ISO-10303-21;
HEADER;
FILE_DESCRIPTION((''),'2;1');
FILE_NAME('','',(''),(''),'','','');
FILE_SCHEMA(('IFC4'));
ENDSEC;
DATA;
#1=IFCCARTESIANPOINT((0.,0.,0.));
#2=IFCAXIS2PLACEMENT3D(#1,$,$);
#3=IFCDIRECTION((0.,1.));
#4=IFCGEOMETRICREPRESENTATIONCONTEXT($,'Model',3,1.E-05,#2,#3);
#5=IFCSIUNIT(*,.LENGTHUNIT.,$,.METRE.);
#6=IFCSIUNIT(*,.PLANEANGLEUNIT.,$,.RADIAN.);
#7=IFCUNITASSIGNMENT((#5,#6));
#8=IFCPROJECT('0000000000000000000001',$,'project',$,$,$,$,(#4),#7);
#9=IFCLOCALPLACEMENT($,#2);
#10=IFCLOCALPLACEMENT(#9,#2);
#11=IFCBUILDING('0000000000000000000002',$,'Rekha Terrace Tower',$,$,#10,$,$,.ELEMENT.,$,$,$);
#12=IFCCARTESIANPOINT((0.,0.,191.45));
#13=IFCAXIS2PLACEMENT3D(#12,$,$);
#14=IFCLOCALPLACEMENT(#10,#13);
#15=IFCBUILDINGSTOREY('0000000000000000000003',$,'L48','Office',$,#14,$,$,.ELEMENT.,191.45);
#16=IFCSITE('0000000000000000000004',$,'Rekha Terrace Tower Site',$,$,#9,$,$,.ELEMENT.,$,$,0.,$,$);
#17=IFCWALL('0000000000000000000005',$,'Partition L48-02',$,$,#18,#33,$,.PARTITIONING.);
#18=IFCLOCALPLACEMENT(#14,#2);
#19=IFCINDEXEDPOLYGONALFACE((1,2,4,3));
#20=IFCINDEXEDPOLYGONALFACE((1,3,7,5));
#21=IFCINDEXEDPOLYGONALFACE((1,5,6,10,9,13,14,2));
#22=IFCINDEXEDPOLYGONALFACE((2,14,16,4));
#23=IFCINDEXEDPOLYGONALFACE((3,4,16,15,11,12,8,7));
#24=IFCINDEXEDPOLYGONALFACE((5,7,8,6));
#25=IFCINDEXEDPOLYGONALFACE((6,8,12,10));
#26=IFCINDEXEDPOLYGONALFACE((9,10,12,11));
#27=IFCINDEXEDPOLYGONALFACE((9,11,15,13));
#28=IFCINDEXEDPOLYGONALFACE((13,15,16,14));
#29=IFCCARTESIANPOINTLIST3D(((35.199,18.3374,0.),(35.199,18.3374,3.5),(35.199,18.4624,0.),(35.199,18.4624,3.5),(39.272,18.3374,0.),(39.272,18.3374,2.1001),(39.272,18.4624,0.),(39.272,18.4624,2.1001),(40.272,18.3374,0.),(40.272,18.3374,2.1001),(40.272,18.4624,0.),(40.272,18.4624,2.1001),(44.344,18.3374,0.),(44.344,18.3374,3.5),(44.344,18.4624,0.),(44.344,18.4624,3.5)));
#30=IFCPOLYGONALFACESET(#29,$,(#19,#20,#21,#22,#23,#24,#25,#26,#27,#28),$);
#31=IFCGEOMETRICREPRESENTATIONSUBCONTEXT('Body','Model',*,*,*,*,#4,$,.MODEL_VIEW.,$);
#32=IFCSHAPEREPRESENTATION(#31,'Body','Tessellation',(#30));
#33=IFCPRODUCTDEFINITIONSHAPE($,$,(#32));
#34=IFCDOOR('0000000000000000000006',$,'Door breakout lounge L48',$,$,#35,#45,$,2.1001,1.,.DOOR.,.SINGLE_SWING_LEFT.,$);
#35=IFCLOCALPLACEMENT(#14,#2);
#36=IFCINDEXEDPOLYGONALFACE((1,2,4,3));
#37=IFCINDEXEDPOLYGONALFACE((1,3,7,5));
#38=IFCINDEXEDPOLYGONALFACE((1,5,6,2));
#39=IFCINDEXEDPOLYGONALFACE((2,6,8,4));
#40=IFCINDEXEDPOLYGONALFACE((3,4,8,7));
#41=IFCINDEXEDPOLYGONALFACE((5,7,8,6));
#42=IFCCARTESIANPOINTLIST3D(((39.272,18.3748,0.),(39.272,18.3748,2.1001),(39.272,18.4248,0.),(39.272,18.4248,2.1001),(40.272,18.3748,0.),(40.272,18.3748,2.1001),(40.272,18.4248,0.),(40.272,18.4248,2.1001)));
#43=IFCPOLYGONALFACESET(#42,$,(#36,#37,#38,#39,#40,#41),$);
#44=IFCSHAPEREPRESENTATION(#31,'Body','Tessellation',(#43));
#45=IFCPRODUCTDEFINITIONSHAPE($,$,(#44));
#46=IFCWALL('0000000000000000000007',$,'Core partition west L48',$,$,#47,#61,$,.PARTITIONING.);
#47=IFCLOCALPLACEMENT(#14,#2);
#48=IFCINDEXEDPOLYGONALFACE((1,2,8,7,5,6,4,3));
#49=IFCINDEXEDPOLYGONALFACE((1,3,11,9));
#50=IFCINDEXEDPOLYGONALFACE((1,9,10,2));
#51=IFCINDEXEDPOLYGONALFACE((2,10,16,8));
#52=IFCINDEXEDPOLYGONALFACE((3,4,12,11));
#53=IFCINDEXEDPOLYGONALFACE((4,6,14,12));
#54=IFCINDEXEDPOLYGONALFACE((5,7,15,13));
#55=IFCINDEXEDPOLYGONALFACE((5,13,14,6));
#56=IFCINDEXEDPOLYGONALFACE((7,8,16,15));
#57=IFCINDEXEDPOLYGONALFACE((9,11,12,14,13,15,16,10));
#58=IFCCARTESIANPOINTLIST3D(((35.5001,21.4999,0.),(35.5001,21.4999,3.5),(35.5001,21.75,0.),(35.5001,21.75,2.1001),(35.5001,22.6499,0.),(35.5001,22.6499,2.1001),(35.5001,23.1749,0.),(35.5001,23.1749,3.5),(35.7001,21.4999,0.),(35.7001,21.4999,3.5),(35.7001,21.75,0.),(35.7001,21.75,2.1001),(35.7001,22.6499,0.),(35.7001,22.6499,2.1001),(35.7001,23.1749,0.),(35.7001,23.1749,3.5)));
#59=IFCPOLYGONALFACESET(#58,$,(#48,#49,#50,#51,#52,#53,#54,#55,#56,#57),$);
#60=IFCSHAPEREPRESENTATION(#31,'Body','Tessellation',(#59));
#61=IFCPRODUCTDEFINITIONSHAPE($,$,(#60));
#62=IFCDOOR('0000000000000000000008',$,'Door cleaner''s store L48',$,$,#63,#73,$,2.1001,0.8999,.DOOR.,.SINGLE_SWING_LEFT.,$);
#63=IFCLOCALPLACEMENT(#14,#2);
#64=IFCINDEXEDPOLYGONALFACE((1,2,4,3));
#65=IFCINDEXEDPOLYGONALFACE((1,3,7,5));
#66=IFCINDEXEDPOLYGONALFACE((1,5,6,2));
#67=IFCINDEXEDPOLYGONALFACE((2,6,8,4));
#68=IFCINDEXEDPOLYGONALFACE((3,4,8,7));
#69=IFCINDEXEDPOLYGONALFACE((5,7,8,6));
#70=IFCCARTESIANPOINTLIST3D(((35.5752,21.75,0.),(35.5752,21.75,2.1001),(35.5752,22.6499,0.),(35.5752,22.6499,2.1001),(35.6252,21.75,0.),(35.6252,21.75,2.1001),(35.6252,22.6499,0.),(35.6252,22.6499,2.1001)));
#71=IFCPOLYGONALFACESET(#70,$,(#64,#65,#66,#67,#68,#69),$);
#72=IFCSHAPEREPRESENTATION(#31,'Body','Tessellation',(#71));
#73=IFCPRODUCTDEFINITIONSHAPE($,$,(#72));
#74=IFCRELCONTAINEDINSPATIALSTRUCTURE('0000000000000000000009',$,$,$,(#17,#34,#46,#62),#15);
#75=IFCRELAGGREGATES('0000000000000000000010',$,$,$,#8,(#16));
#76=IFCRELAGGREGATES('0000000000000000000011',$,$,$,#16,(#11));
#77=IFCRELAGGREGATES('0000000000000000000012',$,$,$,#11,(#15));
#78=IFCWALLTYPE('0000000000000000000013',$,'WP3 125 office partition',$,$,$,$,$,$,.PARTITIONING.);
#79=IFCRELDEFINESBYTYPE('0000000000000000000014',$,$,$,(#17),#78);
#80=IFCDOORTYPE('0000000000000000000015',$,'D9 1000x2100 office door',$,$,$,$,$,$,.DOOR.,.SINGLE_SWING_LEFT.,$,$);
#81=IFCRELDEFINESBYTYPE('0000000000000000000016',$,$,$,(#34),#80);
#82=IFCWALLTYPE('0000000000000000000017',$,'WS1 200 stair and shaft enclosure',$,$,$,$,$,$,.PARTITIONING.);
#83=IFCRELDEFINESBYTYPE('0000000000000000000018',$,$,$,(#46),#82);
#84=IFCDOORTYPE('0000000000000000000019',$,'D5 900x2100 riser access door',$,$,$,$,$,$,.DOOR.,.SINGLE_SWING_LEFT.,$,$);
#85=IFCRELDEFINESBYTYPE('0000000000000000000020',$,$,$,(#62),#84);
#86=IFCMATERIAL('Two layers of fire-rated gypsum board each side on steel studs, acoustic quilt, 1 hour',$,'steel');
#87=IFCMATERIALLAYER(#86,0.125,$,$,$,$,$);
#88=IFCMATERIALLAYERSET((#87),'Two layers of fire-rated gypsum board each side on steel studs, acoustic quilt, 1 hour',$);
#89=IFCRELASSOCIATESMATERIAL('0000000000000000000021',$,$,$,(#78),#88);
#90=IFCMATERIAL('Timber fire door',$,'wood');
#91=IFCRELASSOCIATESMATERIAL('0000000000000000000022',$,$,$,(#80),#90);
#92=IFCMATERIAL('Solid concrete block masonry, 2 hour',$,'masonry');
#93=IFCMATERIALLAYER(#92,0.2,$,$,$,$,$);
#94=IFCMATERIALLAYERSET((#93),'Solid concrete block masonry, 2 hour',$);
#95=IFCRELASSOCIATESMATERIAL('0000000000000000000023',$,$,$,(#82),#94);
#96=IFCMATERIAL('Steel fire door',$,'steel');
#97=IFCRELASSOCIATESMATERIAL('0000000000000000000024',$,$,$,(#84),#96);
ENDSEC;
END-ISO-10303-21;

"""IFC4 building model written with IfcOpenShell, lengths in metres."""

from ifc_helpers import new_model, si_unit, direction, frame, frame_2d, origin, place, context, subcontext, project, spatial, rectangle, extrude, material, layer, layer_set, type_object, element, fill, save


model = new_model("IFC4")

# Units and contexts
model_context = context("Model", 3, precision=1e-05, world=origin(), true_north=direction((0.0, 1.0)))
body_context = subcontext(model_context, "Body", "Model", "MODEL_VIEW")
ifc_project = project(units=[si_unit("LENGTHUNIT", "METRE"), si_unit("PLANEANGLEUNIT", "RADIAN")], contexts=[model_context])

# Site, building, storey
site_placement = place(None, origin())
site = spatial("IfcSite", under=ifc_project, at=site_placement, Name="Rekha Terrace Tower Site", CompositionType="ELEMENT", RefElevation=0.0)
building_placement = place(site_placement, origin())
building = spatial("IfcBuilding", under=site, at=building_placement, Name="Rekha Terrace Tower", CompositionType="ELEMENT")
storey_placement = place(building_placement, frame((0.0, 0.0, 191.45)))
storey = spatial("IfcBuildingStorey", under=building, at=storey_placement, Name="L48", Description="Office", CompositionType="ELEMENT", Elevation=191.45)

# Shared definitions
ifc_material_1 = material(Name="Two layers of fire-rated gypsum board each side on steel studs, acoustic quilt, 1 hour", Category="steel")
ifc_layer_1 = layer(ifc_material_1, 0.125)
ifc_layer_set_1 = layer_set([ifc_layer_1], Name="Two layers of fire-rated gypsum board each side on steel studs, acoustic quilt, 1 hour")
wall_type_1 = type_object("IfcWallType", Name="WP3 125 office partition", PredefinedType="PARTITIONING", material=ifc_layer_set_1)

# Walls, openings, doors
wall_1_placement = place(storey_placement, frame((35.199, 18.3999, 0.0), z_axis=(0.0, 0.0, 1.0), x_axis=(1.0, 0.0, 0.0)))
wall_1 = element("IfcWall", 1, at=wall_1_placement, inside=storey, type_object=wall_type_1, Name="Partition L48-02", PredefinedType="PARTITIONING", context=body_context, shape_type="SweptSolid", body=[
    extrude(rectangle(XDim=9.145, YDim=0.125, at=frame_2d((4.5725, 0.0))), origin(), (0.0, 0.0, 1.0), 3.5),
])
opening_1_placement = place(wall_1_placement, frame((4.073, 0.0, 0.0)))
opening_1 = element("IfcOpeningElement", 2, at=opening_1_placement, cuts=wall_1, PredefinedType="OPENING", context=body_context, shape_type="SweptSolid", body=[
    extrude(rectangle(XDim=1.0, YDim=2.1001, at=frame_2d((0.5, 1.05))), frame((0.0, 0.0725, 0.0), z_axis=(0.0, -1.0, 0.0), x_axis=(1.0, 0.0, 0.0)), (0.0, 0.0, 1.0), 0.145),
])
ifc_material_2 = material(Name="Timber fire door", Category="wood")
door_type_1 = type_object("IfcDoorType", Name="D9 1000x2100 office door", OperationType="SINGLE_SWING_LEFT", PredefinedType="DOOR", material=ifc_material_2)
door_1_placement = place(opening_1_placement, origin())
door_1 = element("IfcDoor", 3, at=door_1_placement, inside=storey, type_object=door_type_1, Name="Door breakout lounge L48", OperationType="SINGLE_SWING_LEFT", OverallHeight=2.1001, OverallWidth=1.0, PredefinedType="DOOR", context=body_context, shape_type="SweptSolid", body=[
    extrude(rectangle(XDim=1.0, YDim=2.1001, at=frame_2d((0.5, 1.05))), frame((0.0, 0.0249, 0.0), z_axis=(0.0, -1.0, 0.0), x_axis=(1.0, 0.0, 0.0)), (0.0, 0.0, 1.0), 0.05),
])
fill(opening_1, door_1)
ifc_material_3 = material(Name="Solid concrete block masonry, 2 hour", Category="masonry")
ifc_layer_2 = layer(ifc_material_3, 0.2)
ifc_layer_set_2 = layer_set([ifc_layer_2], Name="Solid concrete block masonry, 2 hour")
wall_type_2 = type_object("IfcWallType", Name="WS1 200 stair and shaft enclosure", PredefinedType="PARTITIONING", material=ifc_layer_set_2)
wall_2_placement = place(storey_placement, frame((35.6001, 21.5, 0.0), z_axis=(0.0, 0.0, 1.0), x_axis=(0.0, 1.0, 0.0)))
wall_2 = element("IfcWall", 4, at=wall_2_placement, inside=storey, type_object=wall_type_2, Name="Core partition west L48", PredefinedType="PARTITIONING", context=body_context, shape_type="SweptSolid", body=[
    extrude(rectangle(XDim=1.675, YDim=0.2, at=frame_2d((0.8374, 0.0))), origin(), (0.0, 0.0, 1.0), 3.5),
])
opening_2_placement = place(wall_2_placement, frame((0.25, 0.0, 0.0)))
opening_2 = element("IfcOpeningElement", 5, at=opening_2_placement, cuts=wall_2, PredefinedType="OPENING", context=body_context, shape_type="SweptSolid", body=[
    extrude(rectangle(XDim=0.8999, YDim=2.1001, at=frame_2d((0.45, 1.05))), frame((0.0, 0.1099, 0.0), z_axis=(0.0, -1.0, 0.0), x_axis=(1.0, 0.0, 0.0)), (0.0, 0.0, 1.0), 0.22),
])
ifc_material_4 = material(Name="Steel fire door", Category="steel")
door_type_2 = type_object("IfcDoorType", Name="D5 900x2100 riser access door", OperationType="SINGLE_SWING_LEFT", PredefinedType="DOOR", material=ifc_material_4)
door_2_placement = place(opening_2_placement, origin())
door_2 = element("IfcDoor", 6, at=door_2_placement, inside=storey, type_object=door_type_2, Name="Door cleaner's store L48", OperationType="SINGLE_SWING_LEFT", OverallHeight=2.1001, OverallWidth=0.8999, PredefinedType="DOOR", context=body_context, shape_type="SweptSolid", body=[
    extrude(rectangle(XDim=0.8999, YDim=2.1001, at=frame_2d((0.45, 1.05))), frame((0.0, 0.0249, 0.0), z_axis=(0.0, -1.0, 0.0), x_axis=(1.0, 0.0, 0.0)), (0.0, 0.0, 1.0), 0.05),
])
fill(opening_2, door_2)

save(model, "model.ifc")
